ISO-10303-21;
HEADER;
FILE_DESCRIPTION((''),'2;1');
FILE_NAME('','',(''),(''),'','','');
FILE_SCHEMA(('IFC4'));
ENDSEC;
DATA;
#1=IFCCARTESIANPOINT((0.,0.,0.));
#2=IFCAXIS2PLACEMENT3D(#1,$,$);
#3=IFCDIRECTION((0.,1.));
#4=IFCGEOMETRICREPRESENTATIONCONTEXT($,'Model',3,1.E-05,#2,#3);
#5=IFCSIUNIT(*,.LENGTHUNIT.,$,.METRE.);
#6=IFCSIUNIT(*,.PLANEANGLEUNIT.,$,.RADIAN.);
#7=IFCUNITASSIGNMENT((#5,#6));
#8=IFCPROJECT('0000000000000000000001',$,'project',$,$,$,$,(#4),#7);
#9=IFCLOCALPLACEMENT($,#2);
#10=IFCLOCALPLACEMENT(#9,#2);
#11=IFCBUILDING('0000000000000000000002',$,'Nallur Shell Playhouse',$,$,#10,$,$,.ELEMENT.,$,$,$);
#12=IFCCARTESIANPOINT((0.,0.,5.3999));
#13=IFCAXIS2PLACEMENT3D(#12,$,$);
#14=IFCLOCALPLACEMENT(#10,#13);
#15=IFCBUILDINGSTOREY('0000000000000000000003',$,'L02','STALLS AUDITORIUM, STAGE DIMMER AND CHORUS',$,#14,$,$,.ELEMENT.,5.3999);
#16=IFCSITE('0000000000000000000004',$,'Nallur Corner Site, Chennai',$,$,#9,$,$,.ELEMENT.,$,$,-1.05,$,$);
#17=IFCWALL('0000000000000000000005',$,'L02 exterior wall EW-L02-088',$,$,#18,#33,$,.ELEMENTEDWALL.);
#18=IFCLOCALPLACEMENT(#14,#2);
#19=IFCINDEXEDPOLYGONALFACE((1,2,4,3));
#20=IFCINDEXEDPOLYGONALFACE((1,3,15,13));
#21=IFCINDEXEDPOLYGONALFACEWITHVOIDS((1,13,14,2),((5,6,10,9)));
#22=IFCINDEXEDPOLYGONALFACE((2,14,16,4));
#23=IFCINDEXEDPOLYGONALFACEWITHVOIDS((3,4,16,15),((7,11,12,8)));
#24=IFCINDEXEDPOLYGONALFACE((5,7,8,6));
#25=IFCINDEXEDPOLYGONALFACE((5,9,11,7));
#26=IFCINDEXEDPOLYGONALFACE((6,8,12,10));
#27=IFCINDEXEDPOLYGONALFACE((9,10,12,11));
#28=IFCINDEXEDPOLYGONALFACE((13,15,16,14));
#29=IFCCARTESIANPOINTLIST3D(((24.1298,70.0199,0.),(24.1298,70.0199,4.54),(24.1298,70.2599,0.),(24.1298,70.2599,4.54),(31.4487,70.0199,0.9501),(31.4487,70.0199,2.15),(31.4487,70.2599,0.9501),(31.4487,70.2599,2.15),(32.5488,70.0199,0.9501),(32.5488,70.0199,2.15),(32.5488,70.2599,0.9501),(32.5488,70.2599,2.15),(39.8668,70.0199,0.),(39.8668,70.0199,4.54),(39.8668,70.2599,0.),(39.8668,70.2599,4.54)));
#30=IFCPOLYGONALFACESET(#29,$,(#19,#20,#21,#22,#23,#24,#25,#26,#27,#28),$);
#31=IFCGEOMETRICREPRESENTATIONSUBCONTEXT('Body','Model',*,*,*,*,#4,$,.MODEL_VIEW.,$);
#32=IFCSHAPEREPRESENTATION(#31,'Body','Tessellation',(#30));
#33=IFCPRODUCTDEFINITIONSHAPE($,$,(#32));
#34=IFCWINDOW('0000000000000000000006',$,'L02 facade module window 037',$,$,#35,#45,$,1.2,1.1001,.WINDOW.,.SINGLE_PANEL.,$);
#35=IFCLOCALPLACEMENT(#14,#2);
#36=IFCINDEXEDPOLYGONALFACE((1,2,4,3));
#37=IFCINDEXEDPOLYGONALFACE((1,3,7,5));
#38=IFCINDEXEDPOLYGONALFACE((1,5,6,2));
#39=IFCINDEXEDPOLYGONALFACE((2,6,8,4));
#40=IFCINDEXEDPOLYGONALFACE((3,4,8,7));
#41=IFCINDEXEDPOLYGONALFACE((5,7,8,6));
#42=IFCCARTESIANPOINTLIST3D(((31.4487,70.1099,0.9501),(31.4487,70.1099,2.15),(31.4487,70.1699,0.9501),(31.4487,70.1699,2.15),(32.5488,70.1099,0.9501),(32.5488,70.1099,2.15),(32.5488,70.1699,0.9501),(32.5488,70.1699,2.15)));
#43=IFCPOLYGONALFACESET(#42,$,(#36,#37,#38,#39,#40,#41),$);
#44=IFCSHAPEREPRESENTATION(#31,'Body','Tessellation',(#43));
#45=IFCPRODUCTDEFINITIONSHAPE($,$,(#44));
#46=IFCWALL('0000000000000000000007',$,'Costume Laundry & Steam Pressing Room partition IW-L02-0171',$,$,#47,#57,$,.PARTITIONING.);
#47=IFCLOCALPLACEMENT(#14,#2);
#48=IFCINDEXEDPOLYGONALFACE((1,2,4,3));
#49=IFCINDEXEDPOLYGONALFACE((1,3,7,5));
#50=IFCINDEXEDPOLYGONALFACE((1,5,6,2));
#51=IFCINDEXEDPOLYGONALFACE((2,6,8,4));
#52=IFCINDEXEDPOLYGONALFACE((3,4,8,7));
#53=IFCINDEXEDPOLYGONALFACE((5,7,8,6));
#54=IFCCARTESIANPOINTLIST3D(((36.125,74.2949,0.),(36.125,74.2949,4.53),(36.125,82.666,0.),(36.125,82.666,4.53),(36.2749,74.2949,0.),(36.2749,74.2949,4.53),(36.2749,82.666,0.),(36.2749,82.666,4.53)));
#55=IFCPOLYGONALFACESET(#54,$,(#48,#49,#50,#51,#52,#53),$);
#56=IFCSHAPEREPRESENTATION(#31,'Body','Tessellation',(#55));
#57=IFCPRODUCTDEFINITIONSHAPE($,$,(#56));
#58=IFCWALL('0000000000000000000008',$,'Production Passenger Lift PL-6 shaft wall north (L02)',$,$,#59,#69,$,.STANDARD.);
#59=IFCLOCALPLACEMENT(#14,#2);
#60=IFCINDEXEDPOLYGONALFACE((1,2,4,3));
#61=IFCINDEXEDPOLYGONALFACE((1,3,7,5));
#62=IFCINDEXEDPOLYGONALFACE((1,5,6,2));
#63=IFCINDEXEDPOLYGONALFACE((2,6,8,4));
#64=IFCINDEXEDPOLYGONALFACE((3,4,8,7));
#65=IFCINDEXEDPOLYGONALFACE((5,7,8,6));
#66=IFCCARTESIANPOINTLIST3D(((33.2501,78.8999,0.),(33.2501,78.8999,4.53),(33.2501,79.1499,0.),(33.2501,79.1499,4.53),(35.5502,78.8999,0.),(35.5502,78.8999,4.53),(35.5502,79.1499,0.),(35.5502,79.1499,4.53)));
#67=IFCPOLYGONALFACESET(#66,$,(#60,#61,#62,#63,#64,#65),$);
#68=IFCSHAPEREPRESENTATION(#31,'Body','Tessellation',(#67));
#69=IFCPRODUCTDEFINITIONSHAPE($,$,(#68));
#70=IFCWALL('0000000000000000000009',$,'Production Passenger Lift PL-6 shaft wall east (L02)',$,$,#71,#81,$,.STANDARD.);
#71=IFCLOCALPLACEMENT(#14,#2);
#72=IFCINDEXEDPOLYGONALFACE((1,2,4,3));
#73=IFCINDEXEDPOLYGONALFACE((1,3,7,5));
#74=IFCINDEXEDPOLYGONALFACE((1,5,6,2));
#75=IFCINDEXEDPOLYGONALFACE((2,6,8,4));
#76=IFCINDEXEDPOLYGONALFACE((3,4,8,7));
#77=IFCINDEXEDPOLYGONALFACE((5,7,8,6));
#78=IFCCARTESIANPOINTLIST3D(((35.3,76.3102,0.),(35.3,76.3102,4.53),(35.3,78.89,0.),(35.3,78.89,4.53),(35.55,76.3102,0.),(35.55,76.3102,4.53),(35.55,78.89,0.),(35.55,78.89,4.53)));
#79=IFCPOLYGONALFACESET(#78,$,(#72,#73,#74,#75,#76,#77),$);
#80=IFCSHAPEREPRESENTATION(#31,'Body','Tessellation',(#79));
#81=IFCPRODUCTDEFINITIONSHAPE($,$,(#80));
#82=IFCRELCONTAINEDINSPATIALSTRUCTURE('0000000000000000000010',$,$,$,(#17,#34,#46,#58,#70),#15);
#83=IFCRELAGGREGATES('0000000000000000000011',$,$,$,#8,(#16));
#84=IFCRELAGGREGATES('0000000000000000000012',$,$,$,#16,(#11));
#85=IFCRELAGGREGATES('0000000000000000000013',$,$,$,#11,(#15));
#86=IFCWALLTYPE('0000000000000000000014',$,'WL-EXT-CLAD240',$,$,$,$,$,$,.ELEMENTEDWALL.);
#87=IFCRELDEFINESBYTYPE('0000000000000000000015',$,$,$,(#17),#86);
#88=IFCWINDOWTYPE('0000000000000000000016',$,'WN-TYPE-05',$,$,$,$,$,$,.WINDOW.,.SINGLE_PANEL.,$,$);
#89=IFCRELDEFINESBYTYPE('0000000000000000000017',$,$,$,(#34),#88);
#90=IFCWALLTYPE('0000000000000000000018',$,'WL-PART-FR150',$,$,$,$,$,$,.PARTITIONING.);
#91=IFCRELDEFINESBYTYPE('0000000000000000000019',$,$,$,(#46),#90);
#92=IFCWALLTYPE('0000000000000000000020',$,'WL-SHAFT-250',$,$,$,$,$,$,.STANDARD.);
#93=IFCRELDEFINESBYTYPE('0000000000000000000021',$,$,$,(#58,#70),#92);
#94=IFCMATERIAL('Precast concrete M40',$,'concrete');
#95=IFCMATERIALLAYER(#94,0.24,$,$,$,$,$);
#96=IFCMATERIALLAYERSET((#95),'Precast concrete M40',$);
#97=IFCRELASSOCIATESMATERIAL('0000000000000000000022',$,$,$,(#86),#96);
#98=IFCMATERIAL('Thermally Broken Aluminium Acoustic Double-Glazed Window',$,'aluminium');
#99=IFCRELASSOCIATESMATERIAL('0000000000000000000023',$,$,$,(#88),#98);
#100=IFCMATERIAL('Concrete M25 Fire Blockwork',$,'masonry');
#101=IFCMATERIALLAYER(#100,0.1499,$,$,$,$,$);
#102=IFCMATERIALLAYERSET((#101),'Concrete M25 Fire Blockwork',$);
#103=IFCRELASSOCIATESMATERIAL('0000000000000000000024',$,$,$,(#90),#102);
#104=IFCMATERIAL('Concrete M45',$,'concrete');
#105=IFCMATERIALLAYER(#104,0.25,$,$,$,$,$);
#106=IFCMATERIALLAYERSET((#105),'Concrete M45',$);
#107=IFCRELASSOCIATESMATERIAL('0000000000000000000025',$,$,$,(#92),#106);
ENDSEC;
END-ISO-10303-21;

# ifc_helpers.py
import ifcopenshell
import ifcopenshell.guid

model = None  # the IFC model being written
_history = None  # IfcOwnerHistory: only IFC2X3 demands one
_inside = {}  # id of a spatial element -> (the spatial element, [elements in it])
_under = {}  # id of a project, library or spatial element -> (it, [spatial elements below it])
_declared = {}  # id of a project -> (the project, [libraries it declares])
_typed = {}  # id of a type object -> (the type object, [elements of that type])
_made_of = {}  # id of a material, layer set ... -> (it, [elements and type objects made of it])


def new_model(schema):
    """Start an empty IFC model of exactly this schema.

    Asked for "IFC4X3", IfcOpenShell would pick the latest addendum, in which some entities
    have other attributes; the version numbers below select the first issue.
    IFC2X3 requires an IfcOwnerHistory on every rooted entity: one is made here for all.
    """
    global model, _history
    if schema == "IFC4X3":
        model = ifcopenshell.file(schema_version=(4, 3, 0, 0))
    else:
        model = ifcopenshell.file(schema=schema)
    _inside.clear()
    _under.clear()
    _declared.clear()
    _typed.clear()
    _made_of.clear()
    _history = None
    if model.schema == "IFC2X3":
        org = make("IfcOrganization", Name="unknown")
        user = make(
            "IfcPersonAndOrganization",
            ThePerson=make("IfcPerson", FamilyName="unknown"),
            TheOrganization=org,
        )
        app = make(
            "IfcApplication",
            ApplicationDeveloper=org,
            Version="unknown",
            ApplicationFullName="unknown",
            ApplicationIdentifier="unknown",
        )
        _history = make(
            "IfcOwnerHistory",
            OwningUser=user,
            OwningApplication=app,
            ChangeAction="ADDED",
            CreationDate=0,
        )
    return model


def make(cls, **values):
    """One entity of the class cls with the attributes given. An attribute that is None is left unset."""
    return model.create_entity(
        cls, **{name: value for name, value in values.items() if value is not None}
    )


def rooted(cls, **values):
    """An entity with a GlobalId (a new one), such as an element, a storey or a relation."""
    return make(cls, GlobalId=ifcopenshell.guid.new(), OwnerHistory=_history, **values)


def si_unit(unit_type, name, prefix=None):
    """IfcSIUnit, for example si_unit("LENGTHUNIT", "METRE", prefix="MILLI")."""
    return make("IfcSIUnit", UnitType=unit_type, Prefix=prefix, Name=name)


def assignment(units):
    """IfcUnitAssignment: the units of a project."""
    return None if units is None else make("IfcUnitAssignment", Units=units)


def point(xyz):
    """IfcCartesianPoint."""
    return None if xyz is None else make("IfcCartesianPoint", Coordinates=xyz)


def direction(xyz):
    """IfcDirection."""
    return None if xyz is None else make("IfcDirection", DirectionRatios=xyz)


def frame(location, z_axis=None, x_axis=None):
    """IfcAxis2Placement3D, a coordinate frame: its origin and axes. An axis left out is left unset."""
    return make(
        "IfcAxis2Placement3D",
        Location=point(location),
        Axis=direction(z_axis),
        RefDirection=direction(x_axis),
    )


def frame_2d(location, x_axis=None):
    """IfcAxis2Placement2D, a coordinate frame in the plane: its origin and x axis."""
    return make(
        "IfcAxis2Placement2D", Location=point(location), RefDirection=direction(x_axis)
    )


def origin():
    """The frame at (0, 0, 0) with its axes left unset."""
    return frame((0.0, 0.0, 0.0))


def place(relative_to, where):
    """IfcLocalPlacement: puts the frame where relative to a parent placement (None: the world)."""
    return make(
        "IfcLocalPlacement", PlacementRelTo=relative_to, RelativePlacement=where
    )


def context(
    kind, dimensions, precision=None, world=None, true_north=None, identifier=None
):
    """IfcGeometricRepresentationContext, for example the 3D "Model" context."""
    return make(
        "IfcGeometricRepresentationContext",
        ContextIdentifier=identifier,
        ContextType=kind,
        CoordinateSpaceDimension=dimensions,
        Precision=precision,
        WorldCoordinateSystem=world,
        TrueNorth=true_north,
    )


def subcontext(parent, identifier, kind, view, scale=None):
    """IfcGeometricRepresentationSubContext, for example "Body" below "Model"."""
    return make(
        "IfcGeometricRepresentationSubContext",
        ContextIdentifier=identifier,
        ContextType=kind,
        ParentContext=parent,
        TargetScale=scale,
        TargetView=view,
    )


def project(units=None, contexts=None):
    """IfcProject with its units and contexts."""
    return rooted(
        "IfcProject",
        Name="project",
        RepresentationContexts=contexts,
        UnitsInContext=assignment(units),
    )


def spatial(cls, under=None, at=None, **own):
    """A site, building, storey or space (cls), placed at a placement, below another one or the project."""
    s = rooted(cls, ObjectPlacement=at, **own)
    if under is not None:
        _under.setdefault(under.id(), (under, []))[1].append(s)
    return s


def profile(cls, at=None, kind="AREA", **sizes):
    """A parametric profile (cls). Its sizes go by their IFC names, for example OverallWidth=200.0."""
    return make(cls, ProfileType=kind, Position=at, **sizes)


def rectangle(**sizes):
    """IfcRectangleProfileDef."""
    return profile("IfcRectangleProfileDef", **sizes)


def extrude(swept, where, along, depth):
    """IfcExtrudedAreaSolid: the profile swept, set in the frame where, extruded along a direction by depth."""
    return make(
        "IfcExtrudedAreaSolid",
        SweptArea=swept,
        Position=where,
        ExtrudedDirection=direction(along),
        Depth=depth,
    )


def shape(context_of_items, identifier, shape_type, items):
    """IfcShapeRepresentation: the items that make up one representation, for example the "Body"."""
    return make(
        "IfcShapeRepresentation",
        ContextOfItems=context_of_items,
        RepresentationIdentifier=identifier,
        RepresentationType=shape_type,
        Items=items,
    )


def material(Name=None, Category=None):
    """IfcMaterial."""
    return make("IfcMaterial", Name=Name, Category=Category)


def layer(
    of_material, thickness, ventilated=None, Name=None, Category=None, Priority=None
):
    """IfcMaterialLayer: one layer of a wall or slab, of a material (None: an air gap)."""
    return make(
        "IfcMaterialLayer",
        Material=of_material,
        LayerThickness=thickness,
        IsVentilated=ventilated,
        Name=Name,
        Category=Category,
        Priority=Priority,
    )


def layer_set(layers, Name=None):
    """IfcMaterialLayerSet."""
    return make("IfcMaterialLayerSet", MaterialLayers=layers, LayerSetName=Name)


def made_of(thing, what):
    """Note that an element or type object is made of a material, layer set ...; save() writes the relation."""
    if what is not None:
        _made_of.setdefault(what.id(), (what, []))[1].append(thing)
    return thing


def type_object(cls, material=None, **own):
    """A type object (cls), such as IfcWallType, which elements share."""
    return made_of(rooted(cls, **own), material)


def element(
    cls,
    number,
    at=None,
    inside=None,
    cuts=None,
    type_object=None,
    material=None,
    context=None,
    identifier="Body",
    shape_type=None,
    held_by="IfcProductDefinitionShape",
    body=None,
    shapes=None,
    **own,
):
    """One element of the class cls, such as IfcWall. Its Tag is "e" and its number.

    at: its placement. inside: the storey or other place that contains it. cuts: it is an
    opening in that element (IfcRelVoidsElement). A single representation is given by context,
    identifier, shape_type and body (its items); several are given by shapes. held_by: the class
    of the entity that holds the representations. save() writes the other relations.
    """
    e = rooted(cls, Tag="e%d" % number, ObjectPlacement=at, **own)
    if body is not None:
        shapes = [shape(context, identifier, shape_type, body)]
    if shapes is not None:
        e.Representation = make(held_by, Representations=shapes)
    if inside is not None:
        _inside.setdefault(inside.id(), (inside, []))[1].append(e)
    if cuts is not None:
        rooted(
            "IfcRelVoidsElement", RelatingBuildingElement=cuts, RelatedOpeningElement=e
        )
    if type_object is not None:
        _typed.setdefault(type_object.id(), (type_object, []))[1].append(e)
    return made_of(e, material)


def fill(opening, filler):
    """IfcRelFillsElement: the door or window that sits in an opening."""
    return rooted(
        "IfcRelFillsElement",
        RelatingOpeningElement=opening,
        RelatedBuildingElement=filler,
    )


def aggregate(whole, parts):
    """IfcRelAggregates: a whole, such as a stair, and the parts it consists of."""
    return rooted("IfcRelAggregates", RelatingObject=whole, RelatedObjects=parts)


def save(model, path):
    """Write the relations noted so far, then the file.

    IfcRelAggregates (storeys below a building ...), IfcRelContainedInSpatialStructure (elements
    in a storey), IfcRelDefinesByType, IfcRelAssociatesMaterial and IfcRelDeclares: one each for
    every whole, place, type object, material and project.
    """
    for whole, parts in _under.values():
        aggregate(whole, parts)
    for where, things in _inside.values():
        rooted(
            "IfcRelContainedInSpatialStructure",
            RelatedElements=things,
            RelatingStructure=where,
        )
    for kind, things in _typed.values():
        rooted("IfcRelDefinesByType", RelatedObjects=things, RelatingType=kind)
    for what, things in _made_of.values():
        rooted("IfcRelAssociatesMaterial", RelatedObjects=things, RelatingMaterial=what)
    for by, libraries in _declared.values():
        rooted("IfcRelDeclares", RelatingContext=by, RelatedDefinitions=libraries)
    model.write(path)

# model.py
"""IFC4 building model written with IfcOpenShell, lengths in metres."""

from ifc_helpers import new_model, si_unit, direction, frame, frame_2d, origin, place, context, subcontext, project, spatial, rectangle, extrude, material, layer, layer_set, type_object, element, fill, save


model = new_model("IFC4")

# Units and contexts
model_context = context("Model", 3, precision=1e-05, world=origin(), true_north=direction((0.0, 1.0)))
body_context = subcontext(model_context, "Body", "Model", "MODEL_VIEW")
ifc_project = project(units=[si_unit("LENGTHUNIT", "METRE"), si_unit("PLANEANGLEUNIT", "RADIAN")], contexts=[model_context])

# Site, building, storey
site_placement = place(None, origin())
site = spatial("IfcSite", under=ifc_project, at=site_placement, Name="Nallur Corner Site, Chennai", CompositionType="ELEMENT", RefElevation=-1.05)
building_placement = place(site_placement, origin())
building = spatial("IfcBuilding", under=site, at=building_placement, Name="Nallur Shell Playhouse", CompositionType="ELEMENT")
storey_placement = place(building_placement, frame((0.0, 0.0, 5.3999)))
storey = spatial("IfcBuildingStorey", under=building, at=storey_placement, Name="L02", Description="STALLS AUDITORIUM, STAGE DIMMER AND CHORUS", CompositionType="ELEMENT", Elevation=5.3999)

# Wall, opening, window
ifc_material_1 = material(Name="Precast concrete M40", Category="concrete")
ifc_layer_1 = layer(ifc_material_1, 0.24)
ifc_layer_set_1 = layer_set([ifc_layer_1], Name="Precast concrete M40")
wall_type_1 = type_object("IfcWallType", Name="WL-EXT-CLAD240", PredefinedType="ELEMENTEDWALL", material=ifc_layer_set_1)
wall_1_placement = place(storey_placement, frame((39.8669, 70.1399, 0.0), z_axis=(0.0, 0.0, 1.0), x_axis=(-1.0, 0.0, 0.0)))
wall_1 = element("IfcWall", 1, at=wall_1_placement, inside=storey, type_object=wall_type_1, Name="L02 exterior wall EW-L02-088", PredefinedType="ELEMENTEDWALL", context=body_context, shape_type="SweptSolid", body=[
    extrude(rectangle(XDim=15.7371, YDim=0.24, at=frame_2d((7.8687, 0.0))), origin(), (0.0, 0.0, 1.0), 4.54),
])
opening_1_placement = place(wall_1_placement, frame((7.3181, 0.0, 0.95)))
opening_1 = element("IfcOpeningElement", 2, at=opening_1_placement, cuts=wall_1, PredefinedType="OPENING", context=body_context, shape_type="SweptSolid", body=[
    extrude(rectangle(XDim=1.1001, YDim=1.2, at=frame_2d((0.55, 0.6001))), frame((0.0, 0.1299, 0.0), z_axis=(0.0, -1.0, 0.0), x_axis=(1.0, 0.0, 0.0)), (0.0, 0.0, 1.0), 0.26),
])
ifc_material_2 = material(Name="Thermally Broken Aluminium Acoustic Double-Glazed Window", Category="aluminium")
window_type = type_object("IfcWindowType", Name="WN-TYPE-05", PartitioningType="SINGLE_PANEL", PredefinedType="WINDOW", material=ifc_material_2)
window_placement = place(opening_1_placement, origin())
window = element("IfcWindow", 3, at=window_placement, inside=storey, type_object=window_type, Name="L02 facade module window 037", OverallHeight=1.2, OverallWidth=1.1001, PartitioningType="SINGLE_PANEL", PredefinedType="WINDOW", context=body_context, shape_type="SweptSolid", body=[
    extrude(rectangle(XDim=1.1001, YDim=1.2, at=frame_2d((0.55, 0.6001))), frame((0.0, 0.03, 0.0), z_axis=(0.0, -1.0, 0.0), x_axis=(1.0, 0.0, 0.0)), (0.0, 0.0, 1.0), 0.0601),
])
fill(opening_1, window)

# Shared definitions
ifc_material_3 = material(Name="Concrete M25 Fire Blockwork", Category="masonry")
ifc_layer_2 = layer(ifc_material_3, 0.1499)
ifc_layer_set_2 = layer_set([ifc_layer_2], Name="Concrete M25 Fire Blockwork")
wall_type_2 = type_object("IfcWallType", Name="WL-PART-FR150", PredefinedType="PARTITIONING", material=ifc_layer_set_2)

# Walls
wall_2_placement = place(storey_placement, frame((36.2, 74.2949, 0.0), z_axis=(0.0, 0.0, 1.0), x_axis=(0.0, 1.0, 0.0)))
element("IfcWall", 4, at=wall_2_placement, inside=storey, type_object=wall_type_2, Name="Costume Laundry & Steam Pressing Room partition IW-L02-0171", PredefinedType="PARTITIONING", context=body_context, shape_type="SweptSolid", body=[
    extrude(rectangle(XDim=8.3711, YDim=0.1499, at=frame_2d((4.1855, 0.0))), origin(), (0.0, 0.0, 1.0), 4.53),
])
ifc_material_4 = material(Name="Concrete M45", Category="concrete")
ifc_layer_3 = layer(ifc_material_4, 0.25)
ifc_layer_set_3 = layer_set([ifc_layer_3], Name="Concrete M45")
wall_type_3 = type_object("IfcWallType", Name="WL-SHAFT-250", PredefinedType="STANDARD", material=ifc_layer_set_3)
wall_3_placement = place(storey_placement, frame((35.55, 79.0249, 0.0), z_axis=(0.0, 0.0, 1.0), x_axis=(-1.0, 0.0, 0.0)))
element("IfcWall", 5, at=wall_3_placement, inside=storey, type_object=wall_type_3, Name="Production Passenger Lift PL-6 shaft wall north (L02)", PredefinedType="STANDARD", context=body_context, shape_type="SweptSolid", body=[
    extrude(rectangle(XDim=2.3, YDim=0.25, at=frame_2d((1.1499, 0.0))), origin(), (0.0, 0.0, 1.0), 4.53),
])
wall_4_placement = place(storey_placement, frame((35.425, 76.3101, 0.0), z_axis=(0.0, 0.0, 1.0), x_axis=(0.0, 1.0, 0.0)))
element("IfcWall", 6, at=wall_4_placement, inside=storey, type_object=wall_type_3, Name="Production Passenger Lift PL-6 shaft wall east (L02)", PredefinedType="STANDARD", context=body_context, shape_type="SweptSolid", body=[
    extrude(rectangle(XDim=2.5798, YDim=0.25, at=frame_2d((1.29, 0.0))), origin(), (0.0, 0.0, 1.0), 4.53),
])

save(model, "model.ifc")
